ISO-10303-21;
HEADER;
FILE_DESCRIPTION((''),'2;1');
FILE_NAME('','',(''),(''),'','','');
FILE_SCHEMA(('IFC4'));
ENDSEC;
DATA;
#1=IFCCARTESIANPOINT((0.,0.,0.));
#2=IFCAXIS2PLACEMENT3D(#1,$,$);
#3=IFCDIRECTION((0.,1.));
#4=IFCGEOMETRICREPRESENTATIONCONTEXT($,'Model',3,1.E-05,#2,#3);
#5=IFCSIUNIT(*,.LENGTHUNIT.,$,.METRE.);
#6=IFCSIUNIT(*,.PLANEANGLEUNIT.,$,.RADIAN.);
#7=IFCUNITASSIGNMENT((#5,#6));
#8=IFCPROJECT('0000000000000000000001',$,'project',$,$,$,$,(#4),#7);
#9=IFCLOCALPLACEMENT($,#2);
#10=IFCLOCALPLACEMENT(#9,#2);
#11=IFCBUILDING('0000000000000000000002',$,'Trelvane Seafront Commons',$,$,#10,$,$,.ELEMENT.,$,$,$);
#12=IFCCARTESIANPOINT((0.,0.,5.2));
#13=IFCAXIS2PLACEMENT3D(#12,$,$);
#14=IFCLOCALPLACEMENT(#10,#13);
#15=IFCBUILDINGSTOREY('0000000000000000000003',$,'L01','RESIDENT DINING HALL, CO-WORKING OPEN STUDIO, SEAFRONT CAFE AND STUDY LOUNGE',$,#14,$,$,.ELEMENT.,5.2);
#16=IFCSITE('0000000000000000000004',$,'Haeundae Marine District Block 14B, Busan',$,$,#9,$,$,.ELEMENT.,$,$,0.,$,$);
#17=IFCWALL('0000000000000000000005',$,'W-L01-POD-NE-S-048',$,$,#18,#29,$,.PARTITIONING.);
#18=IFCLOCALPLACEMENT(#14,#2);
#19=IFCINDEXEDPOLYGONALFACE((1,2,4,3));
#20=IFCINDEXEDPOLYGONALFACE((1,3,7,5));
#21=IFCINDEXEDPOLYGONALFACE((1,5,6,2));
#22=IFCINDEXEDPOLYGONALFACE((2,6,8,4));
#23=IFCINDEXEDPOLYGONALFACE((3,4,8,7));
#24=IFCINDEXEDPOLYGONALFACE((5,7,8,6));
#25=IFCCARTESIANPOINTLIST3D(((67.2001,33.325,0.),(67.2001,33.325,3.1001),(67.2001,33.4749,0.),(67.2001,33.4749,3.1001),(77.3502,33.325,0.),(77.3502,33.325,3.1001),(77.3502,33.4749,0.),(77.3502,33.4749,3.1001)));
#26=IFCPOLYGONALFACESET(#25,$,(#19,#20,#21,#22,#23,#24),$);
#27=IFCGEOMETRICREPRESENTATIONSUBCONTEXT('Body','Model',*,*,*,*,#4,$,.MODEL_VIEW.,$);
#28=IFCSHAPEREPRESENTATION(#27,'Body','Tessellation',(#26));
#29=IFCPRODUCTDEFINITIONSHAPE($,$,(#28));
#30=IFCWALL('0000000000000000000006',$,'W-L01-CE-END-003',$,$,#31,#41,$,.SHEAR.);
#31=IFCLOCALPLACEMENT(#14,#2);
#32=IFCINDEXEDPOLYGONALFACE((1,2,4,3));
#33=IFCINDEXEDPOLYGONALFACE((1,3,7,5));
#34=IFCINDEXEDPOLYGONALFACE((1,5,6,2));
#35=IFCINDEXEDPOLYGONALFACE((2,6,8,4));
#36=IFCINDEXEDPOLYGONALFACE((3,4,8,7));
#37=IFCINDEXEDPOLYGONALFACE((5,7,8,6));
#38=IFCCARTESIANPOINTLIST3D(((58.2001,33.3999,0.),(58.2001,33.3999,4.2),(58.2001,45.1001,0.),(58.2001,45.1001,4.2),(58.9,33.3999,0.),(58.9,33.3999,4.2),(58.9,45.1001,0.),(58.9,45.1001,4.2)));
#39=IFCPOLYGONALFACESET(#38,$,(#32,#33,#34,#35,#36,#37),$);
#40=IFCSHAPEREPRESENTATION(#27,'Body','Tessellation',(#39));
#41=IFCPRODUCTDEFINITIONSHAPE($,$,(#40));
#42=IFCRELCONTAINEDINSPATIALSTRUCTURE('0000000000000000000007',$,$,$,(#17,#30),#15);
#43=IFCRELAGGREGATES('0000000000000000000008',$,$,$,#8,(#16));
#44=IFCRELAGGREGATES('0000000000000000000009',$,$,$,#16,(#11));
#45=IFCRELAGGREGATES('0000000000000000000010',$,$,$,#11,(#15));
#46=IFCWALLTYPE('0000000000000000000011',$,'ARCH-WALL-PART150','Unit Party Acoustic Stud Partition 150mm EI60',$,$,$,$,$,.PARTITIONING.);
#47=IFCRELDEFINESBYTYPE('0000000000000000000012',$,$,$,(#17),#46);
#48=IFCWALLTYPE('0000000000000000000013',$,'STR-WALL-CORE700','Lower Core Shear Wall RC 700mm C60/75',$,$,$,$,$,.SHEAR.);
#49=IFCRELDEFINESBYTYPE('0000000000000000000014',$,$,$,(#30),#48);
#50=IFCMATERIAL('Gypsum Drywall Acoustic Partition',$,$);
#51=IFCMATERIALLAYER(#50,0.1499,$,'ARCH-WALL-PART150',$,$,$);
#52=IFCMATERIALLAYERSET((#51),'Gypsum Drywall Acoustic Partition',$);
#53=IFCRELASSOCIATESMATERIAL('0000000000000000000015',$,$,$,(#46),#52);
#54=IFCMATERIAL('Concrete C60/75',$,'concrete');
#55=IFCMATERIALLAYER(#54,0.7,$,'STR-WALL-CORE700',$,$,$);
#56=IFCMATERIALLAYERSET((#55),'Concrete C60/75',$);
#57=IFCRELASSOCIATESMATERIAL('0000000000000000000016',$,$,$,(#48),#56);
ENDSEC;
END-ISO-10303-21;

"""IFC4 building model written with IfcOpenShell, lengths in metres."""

from ifc_helpers import new_model, si_unit, direction, frame, frame_2d, origin, place, context, subcontext, project, spatial, rectangle, extrude, material, layer, layer_set, type_object, element, save


model = new_model("IFC4")

# Units and contexts
model_context = context("Model", 3, precision=1e-05, world=origin(), true_north=direction((0.0, 1.0)))
body_context = subcontext(model_context, "Body", "Model", "MODEL_VIEW")
ifc_project = project(units=[si_unit("LENGTHUNIT", "METRE"), si_unit("PLANEANGLEUNIT", "RADIAN")], contexts=[model_context])

# Site, building, storey
site_placement = place(None, origin())
site = spatial("IfcSite", under=ifc_project, at=site_placement, Name="Haeundae Marine District Block 14B, Busan", CompositionType="ELEMENT", RefElevation=0.0)
building_placement = place(site_placement, origin())
building = spatial("IfcBuilding", under=site, at=building_placement, Name="Trelvane Seafront Commons", CompositionType="ELEMENT")
storey_placement = place(building_placement, frame((0.0, 0.0, 5.2)))
storey = spatial("IfcBuildingStorey", under=building, at=storey_placement, Name="L01", Description="RESIDENT DINING HALL, CO-WORKING OPEN STUDIO, SEAFRONT CAFE AND STUDY LOUNGE", CompositionType="ELEMENT", Elevation=5.2)

# Shared definitions
ifc_material_1 = material(Name="Concrete C60/75", Category="concrete")

# Shared definitions
ifc_material_2 = material(Name="Gypsum Drywall Acoustic Partition")

# Shared definitions
ifc_layer_1 = layer(ifc_material_2, 0.1499, Name="ARCH-WALL-PART150")
ifc_layer_set_1 = layer_set([ifc_layer_1], Name="Gypsum Drywall Acoustic Partition")
wall_type_1 = type_object("IfcWallType", Name="ARCH-WALL-PART150", Description="Unit Party Acoustic Stud Partition 150mm EI60", PredefinedType="PARTITIONING", material=ifc_layer_set_1)

# Walls
wall_1_placement = place(storey_placement, frame((67.2, 33.3999, 0.0), z_axis=(0.0, 0.0, 1.0), x_axis=(1.0, 0.0, 0.0)))
element("IfcWall", 1, at=wall_1_placement, inside=storey, type_object=wall_type_1, Name="W-L01-POD-NE-S-048", PredefinedType="PARTITIONING", context=body_context, shape_type="SweptSolid", body=[
    extrude(rectangle(XDim=10.1501, YDim=0.1499, at=frame_2d((5.0752, 0.0))), origin(), (0.0, 0.0, 1.0), 3.1001),
])
ifc_layer_2 = layer(ifc_material_1, 0.7, Name="STR-WALL-CORE700")
ifc_layer_set_2 = layer_set([ifc_layer_2], Name="Concrete C60/75")
wall_type_2 = type_object("IfcWallType", Name="STR-WALL-CORE700", Description="Lower Core Shear Wall RC 700mm C60/75", PredefinedType="SHEAR", material=ifc_layer_set_2)
wall_2_placement = place(storey_placement, frame((58.55, 33.3999, 0.0), z_axis=(0.0, 0.0, 1.0), x_axis=(0.0, 1.0, 0.0)))
element("IfcWall", 2, at=wall_2_placement, inside=storey, type_object=wall_type_2, Name="W-L01-CE-END-003", PredefinedType="SHEAR", context=body_context, shape_type="SweptSolid", body=[
    extrude(rectangle(XDim=11.7002, YDim=0.7, at=frame_2d((5.8501, 0.0))), origin(), (0.0, 0.0, 1.0), 4.2),
])

save(model, "model.ifc")
